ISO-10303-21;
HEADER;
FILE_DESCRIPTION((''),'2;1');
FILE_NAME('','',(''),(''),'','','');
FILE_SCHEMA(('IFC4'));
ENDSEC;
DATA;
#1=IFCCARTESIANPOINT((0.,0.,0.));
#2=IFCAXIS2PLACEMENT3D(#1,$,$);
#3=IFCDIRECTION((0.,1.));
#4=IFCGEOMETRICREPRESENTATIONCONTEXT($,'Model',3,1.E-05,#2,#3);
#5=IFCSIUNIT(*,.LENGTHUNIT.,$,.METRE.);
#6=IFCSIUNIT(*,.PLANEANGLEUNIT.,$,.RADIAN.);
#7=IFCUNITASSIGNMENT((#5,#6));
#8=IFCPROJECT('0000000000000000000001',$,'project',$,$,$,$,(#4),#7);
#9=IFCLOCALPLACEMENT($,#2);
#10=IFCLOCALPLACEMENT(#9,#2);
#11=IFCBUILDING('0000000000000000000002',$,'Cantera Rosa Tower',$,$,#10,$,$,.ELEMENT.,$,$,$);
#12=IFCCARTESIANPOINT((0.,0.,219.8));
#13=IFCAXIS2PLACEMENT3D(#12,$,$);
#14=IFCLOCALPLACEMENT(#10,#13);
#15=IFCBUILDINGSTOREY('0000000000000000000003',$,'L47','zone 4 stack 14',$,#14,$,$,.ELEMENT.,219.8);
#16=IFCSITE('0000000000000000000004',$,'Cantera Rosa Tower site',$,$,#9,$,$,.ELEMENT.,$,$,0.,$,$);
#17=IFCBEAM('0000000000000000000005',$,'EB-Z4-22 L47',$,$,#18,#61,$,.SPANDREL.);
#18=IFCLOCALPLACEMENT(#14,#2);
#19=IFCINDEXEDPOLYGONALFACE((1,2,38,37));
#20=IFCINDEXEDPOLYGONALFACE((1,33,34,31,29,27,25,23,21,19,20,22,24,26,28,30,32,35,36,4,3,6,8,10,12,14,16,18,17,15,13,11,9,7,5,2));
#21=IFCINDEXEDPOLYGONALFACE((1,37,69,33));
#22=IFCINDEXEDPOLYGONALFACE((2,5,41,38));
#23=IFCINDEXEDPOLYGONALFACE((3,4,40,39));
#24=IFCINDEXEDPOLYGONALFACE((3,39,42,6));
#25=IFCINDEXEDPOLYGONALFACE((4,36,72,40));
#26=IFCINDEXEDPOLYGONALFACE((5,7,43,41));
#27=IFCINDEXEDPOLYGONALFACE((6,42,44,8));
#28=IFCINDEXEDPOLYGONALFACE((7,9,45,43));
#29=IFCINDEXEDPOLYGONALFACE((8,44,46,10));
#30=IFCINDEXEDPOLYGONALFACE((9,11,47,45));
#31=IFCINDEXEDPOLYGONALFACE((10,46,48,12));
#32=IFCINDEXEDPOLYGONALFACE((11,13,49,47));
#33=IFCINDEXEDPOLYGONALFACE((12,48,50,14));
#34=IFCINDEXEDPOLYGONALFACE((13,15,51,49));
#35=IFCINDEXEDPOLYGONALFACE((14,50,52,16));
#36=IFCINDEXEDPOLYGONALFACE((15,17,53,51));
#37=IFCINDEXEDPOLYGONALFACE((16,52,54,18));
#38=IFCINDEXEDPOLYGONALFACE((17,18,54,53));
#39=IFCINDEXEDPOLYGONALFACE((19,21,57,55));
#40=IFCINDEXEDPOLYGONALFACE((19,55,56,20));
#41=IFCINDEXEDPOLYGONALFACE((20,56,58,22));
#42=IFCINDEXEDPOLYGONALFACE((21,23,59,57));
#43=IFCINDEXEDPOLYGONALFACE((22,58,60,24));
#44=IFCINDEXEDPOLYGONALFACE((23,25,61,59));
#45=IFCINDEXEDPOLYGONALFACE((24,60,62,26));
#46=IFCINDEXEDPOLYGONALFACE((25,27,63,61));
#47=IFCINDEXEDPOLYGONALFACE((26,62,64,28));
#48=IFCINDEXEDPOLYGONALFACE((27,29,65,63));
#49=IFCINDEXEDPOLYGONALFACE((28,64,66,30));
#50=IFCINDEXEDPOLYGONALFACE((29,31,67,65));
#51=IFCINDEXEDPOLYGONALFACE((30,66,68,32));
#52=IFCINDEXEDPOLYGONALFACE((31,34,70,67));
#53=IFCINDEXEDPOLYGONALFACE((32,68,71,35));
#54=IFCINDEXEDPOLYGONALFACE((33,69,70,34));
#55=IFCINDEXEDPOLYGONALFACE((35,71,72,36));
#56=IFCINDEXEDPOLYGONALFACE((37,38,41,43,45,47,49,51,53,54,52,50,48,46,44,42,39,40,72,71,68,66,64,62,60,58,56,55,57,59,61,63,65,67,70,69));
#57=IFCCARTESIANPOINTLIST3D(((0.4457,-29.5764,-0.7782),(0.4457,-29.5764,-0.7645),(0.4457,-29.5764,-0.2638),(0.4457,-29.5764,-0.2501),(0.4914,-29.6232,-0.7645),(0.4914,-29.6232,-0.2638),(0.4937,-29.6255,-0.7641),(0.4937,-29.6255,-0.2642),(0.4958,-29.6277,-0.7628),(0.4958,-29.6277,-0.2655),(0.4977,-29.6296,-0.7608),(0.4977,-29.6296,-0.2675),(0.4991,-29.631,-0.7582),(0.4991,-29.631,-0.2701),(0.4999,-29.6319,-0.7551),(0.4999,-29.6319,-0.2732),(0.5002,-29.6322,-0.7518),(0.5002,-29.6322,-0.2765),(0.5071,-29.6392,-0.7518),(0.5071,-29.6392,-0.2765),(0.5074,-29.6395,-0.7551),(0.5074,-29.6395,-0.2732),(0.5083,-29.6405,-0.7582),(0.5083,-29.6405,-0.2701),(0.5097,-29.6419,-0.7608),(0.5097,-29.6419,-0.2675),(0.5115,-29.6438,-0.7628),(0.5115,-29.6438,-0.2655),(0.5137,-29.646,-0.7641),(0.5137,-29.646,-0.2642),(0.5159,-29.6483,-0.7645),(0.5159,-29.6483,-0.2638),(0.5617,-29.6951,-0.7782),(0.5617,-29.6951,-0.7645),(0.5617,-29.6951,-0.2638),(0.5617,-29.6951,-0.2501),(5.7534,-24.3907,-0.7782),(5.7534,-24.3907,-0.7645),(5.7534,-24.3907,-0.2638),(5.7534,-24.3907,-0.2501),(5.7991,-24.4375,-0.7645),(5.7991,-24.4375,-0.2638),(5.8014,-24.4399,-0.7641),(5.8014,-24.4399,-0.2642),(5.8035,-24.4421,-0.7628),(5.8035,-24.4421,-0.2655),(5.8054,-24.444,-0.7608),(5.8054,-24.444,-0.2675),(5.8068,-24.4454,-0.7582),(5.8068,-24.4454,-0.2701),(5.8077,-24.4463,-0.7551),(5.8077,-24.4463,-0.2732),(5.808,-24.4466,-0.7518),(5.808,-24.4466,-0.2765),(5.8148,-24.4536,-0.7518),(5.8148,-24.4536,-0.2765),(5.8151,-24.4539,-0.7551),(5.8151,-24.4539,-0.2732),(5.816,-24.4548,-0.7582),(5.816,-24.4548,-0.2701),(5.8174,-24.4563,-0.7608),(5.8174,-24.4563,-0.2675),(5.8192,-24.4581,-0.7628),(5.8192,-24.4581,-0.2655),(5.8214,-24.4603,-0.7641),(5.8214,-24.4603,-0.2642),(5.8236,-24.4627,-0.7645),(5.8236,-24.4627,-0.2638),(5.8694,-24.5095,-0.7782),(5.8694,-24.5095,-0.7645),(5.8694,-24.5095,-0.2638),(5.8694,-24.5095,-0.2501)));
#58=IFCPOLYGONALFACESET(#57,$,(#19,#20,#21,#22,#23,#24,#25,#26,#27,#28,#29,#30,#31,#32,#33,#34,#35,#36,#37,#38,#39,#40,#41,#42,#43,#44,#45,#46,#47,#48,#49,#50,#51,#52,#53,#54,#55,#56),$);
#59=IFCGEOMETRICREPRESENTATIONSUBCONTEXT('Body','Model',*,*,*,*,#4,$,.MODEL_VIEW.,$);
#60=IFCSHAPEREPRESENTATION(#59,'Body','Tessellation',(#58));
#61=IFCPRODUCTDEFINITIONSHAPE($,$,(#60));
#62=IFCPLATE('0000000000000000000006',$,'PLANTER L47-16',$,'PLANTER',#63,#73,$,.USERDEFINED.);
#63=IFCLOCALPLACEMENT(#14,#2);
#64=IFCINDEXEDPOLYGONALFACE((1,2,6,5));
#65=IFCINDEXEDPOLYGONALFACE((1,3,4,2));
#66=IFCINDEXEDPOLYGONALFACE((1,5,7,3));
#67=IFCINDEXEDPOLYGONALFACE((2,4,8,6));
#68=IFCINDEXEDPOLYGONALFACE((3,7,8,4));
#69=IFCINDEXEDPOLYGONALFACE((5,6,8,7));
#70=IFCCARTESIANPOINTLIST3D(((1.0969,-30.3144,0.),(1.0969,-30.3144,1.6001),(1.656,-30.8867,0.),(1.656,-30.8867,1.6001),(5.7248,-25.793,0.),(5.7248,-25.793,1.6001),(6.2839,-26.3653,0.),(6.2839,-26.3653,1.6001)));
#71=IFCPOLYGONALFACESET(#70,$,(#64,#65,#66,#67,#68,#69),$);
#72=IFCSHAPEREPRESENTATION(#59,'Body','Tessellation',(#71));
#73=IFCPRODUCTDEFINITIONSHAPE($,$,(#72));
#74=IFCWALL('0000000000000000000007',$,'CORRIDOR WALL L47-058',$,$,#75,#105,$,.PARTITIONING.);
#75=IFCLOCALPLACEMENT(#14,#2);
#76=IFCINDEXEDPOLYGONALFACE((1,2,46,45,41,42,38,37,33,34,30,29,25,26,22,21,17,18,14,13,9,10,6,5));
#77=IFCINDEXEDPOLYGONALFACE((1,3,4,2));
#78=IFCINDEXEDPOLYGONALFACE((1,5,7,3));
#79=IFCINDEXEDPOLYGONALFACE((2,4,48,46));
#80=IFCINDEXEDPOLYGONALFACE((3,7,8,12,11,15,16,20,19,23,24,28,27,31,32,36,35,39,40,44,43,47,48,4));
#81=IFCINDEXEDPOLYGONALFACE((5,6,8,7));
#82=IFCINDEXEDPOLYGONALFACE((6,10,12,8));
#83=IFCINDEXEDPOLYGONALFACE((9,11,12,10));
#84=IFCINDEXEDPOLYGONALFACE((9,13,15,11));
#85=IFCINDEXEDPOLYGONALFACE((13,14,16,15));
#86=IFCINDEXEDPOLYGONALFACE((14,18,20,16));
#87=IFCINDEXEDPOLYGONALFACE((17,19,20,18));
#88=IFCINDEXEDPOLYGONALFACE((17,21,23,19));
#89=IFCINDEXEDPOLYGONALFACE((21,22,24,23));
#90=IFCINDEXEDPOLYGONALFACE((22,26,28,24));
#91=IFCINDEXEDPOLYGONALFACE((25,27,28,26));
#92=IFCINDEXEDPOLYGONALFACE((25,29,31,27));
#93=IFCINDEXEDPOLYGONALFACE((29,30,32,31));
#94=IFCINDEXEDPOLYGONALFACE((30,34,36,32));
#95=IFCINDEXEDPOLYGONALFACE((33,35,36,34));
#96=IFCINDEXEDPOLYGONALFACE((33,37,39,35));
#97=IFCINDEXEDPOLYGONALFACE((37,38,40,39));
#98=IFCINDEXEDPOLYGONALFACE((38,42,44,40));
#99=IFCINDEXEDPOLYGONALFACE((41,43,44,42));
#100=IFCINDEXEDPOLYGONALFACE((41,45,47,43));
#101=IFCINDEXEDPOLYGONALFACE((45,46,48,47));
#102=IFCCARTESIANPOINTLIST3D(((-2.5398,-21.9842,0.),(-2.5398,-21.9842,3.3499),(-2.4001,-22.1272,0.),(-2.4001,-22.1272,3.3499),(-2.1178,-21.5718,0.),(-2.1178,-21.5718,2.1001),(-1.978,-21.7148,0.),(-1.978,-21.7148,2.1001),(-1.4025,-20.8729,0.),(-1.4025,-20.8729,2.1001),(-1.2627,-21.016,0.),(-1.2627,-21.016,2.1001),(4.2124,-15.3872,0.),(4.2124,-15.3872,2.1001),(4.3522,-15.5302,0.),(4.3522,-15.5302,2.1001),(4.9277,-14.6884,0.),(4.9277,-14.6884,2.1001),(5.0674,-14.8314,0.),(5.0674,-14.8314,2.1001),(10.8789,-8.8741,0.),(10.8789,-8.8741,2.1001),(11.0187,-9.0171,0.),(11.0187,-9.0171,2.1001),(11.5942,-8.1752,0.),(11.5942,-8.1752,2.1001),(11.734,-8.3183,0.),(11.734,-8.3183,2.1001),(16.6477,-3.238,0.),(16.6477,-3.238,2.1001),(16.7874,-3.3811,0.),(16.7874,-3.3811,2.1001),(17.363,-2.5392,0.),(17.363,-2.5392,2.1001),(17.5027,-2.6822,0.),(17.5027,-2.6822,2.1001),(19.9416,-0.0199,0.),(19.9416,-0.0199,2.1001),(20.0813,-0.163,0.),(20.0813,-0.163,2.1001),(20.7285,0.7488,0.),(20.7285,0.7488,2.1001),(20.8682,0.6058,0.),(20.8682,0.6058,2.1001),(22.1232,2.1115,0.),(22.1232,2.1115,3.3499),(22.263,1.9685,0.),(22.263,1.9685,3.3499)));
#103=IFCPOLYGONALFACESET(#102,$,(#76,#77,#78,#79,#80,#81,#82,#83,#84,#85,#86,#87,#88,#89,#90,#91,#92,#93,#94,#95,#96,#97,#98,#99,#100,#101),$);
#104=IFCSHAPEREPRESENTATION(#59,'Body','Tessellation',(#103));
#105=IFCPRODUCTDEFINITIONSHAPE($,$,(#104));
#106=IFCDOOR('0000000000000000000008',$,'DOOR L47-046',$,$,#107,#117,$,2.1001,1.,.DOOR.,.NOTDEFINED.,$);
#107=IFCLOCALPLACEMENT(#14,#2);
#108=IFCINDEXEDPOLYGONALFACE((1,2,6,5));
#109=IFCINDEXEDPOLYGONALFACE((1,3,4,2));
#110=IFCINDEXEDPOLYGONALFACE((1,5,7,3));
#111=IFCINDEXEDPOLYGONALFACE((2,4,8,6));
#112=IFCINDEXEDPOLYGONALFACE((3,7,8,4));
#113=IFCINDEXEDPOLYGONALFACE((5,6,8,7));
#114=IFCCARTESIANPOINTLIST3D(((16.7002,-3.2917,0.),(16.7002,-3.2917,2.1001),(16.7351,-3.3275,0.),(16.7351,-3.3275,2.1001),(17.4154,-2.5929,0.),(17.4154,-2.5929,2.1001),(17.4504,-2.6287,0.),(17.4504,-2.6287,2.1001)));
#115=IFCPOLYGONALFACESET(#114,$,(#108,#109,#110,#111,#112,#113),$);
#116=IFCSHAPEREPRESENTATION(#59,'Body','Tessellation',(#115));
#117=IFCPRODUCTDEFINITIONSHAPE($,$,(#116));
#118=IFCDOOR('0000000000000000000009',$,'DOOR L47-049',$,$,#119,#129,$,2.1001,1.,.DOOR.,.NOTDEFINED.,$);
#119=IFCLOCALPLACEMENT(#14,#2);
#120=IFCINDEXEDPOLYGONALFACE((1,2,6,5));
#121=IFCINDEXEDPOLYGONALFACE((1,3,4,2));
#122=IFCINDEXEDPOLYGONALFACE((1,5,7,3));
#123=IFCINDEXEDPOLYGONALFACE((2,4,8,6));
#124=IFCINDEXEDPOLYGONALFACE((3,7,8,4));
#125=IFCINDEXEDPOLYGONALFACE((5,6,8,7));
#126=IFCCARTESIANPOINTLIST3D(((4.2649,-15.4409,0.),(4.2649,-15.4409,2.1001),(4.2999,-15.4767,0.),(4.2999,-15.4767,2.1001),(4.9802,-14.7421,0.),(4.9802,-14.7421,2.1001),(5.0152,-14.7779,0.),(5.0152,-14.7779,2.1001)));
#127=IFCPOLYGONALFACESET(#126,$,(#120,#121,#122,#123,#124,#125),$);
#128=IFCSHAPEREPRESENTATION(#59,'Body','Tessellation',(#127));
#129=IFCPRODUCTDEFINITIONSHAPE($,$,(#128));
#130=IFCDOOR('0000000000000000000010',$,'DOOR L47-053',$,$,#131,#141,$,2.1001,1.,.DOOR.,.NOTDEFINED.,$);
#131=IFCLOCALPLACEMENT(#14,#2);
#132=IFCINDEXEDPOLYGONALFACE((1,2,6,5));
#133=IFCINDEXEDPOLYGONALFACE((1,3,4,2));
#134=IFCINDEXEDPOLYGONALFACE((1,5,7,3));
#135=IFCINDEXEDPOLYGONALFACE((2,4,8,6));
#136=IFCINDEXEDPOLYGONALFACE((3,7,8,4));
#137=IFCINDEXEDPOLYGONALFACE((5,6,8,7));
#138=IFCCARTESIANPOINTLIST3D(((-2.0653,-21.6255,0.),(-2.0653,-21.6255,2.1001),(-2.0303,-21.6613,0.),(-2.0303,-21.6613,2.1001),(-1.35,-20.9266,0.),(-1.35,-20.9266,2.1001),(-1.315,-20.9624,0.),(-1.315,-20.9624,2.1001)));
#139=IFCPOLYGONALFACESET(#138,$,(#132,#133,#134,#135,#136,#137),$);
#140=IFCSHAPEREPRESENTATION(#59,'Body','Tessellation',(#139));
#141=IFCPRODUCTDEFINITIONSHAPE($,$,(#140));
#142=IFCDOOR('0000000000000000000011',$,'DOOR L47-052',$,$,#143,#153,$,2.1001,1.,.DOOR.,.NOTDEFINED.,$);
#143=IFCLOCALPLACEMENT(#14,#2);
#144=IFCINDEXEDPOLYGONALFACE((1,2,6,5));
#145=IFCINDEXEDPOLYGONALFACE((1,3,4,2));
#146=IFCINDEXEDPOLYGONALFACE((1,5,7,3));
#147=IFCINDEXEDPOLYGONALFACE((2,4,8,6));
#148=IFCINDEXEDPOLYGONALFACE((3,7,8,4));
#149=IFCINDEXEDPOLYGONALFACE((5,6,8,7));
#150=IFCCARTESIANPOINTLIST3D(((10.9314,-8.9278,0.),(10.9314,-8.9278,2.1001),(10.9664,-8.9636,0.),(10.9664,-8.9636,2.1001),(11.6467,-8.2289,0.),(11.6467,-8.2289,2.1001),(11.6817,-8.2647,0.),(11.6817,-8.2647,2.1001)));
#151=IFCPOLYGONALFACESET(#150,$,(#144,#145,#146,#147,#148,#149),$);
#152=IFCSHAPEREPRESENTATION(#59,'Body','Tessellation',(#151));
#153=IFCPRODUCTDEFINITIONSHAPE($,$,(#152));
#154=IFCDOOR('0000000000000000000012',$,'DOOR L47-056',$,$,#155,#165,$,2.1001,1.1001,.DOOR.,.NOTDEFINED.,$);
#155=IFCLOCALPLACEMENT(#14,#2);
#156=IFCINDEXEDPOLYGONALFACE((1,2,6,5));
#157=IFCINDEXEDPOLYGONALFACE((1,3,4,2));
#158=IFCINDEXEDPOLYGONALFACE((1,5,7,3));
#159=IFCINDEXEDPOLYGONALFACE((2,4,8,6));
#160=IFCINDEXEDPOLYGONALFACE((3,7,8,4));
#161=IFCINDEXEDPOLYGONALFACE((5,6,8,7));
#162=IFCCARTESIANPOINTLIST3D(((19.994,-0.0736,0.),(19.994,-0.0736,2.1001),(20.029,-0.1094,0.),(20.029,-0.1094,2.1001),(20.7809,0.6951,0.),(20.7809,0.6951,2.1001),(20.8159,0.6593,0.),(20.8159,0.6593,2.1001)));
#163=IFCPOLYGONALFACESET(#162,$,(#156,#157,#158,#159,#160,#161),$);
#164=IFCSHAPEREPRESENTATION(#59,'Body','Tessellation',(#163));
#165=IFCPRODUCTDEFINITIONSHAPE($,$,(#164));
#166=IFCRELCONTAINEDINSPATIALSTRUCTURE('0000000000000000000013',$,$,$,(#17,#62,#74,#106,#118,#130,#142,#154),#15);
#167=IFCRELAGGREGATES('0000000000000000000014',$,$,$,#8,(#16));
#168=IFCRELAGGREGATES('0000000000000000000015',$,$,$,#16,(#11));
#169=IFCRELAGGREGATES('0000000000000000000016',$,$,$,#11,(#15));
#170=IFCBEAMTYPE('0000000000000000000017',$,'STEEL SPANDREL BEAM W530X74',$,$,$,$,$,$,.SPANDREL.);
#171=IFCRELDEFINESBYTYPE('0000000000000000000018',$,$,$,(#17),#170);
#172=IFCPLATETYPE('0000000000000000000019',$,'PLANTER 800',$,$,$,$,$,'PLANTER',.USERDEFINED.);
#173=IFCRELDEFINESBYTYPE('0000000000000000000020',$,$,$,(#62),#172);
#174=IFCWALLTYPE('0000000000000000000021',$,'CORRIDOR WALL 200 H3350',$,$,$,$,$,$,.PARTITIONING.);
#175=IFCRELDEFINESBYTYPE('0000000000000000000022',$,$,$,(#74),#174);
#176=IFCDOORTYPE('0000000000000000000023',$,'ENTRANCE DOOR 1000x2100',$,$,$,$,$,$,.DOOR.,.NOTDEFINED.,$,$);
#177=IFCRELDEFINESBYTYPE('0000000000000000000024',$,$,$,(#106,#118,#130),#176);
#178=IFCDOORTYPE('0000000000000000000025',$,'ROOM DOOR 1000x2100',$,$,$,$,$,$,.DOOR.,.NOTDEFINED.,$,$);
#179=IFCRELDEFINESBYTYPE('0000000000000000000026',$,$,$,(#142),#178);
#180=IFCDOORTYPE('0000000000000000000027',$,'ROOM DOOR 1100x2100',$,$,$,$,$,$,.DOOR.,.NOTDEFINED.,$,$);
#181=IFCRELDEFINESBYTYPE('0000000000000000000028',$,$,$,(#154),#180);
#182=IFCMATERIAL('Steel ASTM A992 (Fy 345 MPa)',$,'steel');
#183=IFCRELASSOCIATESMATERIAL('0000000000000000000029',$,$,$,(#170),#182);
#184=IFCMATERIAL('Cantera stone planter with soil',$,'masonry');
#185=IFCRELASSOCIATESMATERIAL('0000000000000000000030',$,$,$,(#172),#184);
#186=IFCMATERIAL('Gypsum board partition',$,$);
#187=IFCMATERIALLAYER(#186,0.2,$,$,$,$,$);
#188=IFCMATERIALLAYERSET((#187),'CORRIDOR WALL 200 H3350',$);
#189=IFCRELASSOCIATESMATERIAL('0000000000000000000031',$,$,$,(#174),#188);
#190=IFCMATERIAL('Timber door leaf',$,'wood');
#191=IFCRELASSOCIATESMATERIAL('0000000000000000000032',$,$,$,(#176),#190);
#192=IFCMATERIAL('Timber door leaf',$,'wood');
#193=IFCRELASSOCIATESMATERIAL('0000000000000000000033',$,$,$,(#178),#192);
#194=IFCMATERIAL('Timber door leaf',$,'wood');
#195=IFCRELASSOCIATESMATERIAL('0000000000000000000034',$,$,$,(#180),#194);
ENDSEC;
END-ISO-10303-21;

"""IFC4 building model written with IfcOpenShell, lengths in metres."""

from ifc_helpers import new_model, si_unit, direction, frame, frame_2d, origin, origin_2d, place, context, subcontext, project, spatial, rectangle, i_section, extrude, material, layer, layer_set, material_profile, profile_set, type_object, element, fill, save


model = new_model("IFC4")

# Units and contexts
model_context = context("Model", 3, precision=1e-05, world=origin(), true_north=direction((0.0, 1.0)))
body_context = subcontext(model_context, "Body", "Model", "MODEL_VIEW")
ifc_project = project(units=[si_unit("LENGTHUNIT", "METRE"), si_unit("PLANEANGLEUNIT", "RADIAN")], contexts=[model_context])

# Site, building, storey
site_placement = place(None, origin())
site = spatial("IfcSite", under=ifc_project, at=site_placement, Name="Cantera Rosa Tower site", CompositionType="ELEMENT", RefElevation=0.0)
building_placement = place(site_placement, origin())
building = spatial("IfcBuilding", under=site, at=building_placement, Name="Cantera Rosa Tower", CompositionType="ELEMENT")
storey_placement = place(building_placement, frame((0.0, 0.0, 219.8)))
storey = spatial("IfcBuildingStorey", under=building, at=storey_placement, Name="L47", Description="zone 4 stack 14", CompositionType="ELEMENT", Elevation=219.8)

# Beam
ifc_material_1 = material(Name="Steel ASTM A992 (Fy 345 MPa)", Category="steel")
ifc_material_profile_1 = material_profile(ifc_material_1, i_section(OverallWidth=0.166, OverallDepth=0.5281, WebThickness=0.0098, FlangeThickness=0.0137, FilletRadius=0.0127, at=origin_2d()), Name="W530X74")
ifc_profile_set_1 = profile_set([ifc_material_profile_1], Name="Steel ASTM A992 (Fy 345 MPa)")
beam_type_1 = type_object("IfcBeamType", Name="STEEL SPANDREL BEAM W530X74", PredefinedType="SPANDREL", material=ifc_profile_set_1)
beam_1_placement = place(storey_placement, frame((0.5037, -29.6357, -0.5142), z_axis=(0.715284, 0.698833, 0.0), x_axis=(-0.698833, 0.715284, 0.0)))
element("IfcBeam", 1, at=beam_1_placement, inside=storey, type_object=beam_type_1, Name="EB-Z4-22 L47", PredefinedType="SPANDREL", context=body_context, shape_type="SweptSolid", body=[
    extrude(i_section(OverallWidth=0.166, OverallDepth=0.5281, WebThickness=0.0098, FlangeThickness=0.0137, FilletRadius=0.0127, at=origin_2d()), origin(), (0.0, 0.0, 1.0), 7.4204),
])

# Plate
ifc_material_2 = material(Name="Cantera stone planter with soil", Category="masonry")
plate_type = type_object("IfcPlateType", Name="PLANTER 800", ElementType="PLANTER", PredefinedType="USERDEFINED", material=ifc_material_2)
plate_placement = place(storey_placement, frame((3.6904, -28.3398, 0.0), z_axis=(0.0, 0.0, 1.0), x_axis=(0.715286, 0.698832, 0.0)))
element("IfcPlate", 2, at=plate_placement, inside=storey, type_object=plate_type, Name="PLANTER L47-16", ObjectType="PLANTER", PredefinedType="USERDEFINED", context=body_context, shape_type="SweptSolid", body=[
    extrude(rectangle(XDim=6.47, YDim=0.8, at=origin_2d()), origin(), (0.0, 0.0, 1.0), 1.6001),
])

# Wall, openings, doors
ifc_material_3 = material(Name="Gypsum board partition")
ifc_layer_1 = layer(ifc_material_3, 0.2)
ifc_layer_set_1 = layer_set([ifc_layer_1], Name="CORRIDOR WALL 200 H3350")
wall_type_1 = type_object("IfcWallType", Name="CORRIDOR WALL 200 H3350", PredefinedType="PARTITIONING", material=ifc_layer_set_1)
wall_1_placement = place(storey_placement, frame((-2.47, -22.0557, 0.0), z_axis=(0.0, 0.0, 1.0), x_axis=(0.715287, 0.698831, 0.0)))
wall_1 = element("IfcWall", 3, at=wall_1_placement, inside=storey, type_object=wall_type_1, Name="CORRIDOR WALL L47-058", PredefinedType="PARTITIONING", context=body_context, shape_type="SweptSolid", body=[
    extrude(rectangle(XDim=34.48, YDim=0.2, at=frame_2d((17.24, 0.0))), origin(), (0.0, 0.0, 1.0), 3.3499),
])
opening_1_placement = place(wall_1_placement, frame((26.825, 0.0, 0.0)))
opening_1 = element("IfcOpeningElement", 4, at=opening_1_placement, cuts=wall_1, PredefinedType="OPENING", context=body_context, shape_type="SweptSolid", body=[
    extrude(rectangle(XDim=1.0, YDim=2.1001, at=frame_2d((0.5, 1.05))), frame((0.0, 0.1099, 0.0), z_axis=(0.0, -1.0, 0.0), x_axis=(1.0, 0.0, 0.0)), (0.0, 0.0, 1.0), 0.22),
])
opening_2_placement = place(wall_1_placement, frame((9.4399, 0.0, 0.0)))
opening_2 = element("IfcOpeningElement", 5, at=opening_2_placement, cuts=wall_1, PredefinedType="OPENING", context=body_context, shape_type="SweptSolid", body=[
    extrude(rectangle(XDim=1.0, YDim=2.1001, at=frame_2d((0.5, 1.05))), frame((0.0, 0.1099, 0.0), z_axis=(0.0, -1.0, 0.0), x_axis=(1.0, 0.0, 0.0)), (0.0, 0.0, 1.0), 0.22),
])
opening_3_placement = place(wall_1_placement, frame((18.76, 0.0, 0.0)))
opening_3 = element("IfcOpeningElement", 6, at=opening_3_placement, cuts=wall_1, PredefinedType="OPENING", context=body_context, shape_type="SweptSolid", body=[
    extrude(rectangle(XDim=1.0, YDim=2.1001, at=frame_2d((0.5, 1.05))), frame((0.0, 0.1099, 0.0), z_axis=(0.0, -1.0, 0.0), x_axis=(1.0, 0.0, 0.0)), (0.0, 0.0, 1.0), 0.22),
])
opening_4_placement = place(wall_1_placement, frame((0.5901, 0.0, 0.0)))
opening_4 = element("IfcOpeningElement", 7, at=opening_4_placement, cuts=wall_1, PredefinedType="OPENING", context=body_context, shape_type="SweptSolid", body=[
    extrude(rectangle(XDim=1.0, YDim=2.1001, at=frame_2d((0.5, 1.05))), frame((0.0, 0.1099, 0.0), z_axis=(0.0, -1.0, 0.0), x_axis=(1.0, 0.0, 0.0)), (0.0, 0.0, 1.0), 0.22),
])
opening_5_placement = place(wall_1_placement, frame((31.4299, 0.0, 0.0)))
opening_5 = element("IfcOpeningElement", 8, at=opening_5_placement, cuts=wall_1, PredefinedType="OPENING", context=body_context, shape_type="SweptSolid", body=[
    extrude(rectangle(XDim=1.1001, YDim=2.1001, at=frame_2d((0.55, 1.05))), frame((0.0, 0.1099, 0.0), z_axis=(0.0, -1.0, 0.0), x_axis=(1.0, 0.0, 0.0)), (0.0, 0.0, 1.0), 0.22),
])
ifc_material_4 = material(Name="Timber door leaf", Category="wood")
door_type_1 = type_object("IfcDoorType", Name="ENTRANCE DOOR 1000x2100", OperationType="NOTDEFINED", PredefinedType="DOOR", material=ifc_material_4)
door_1_placement = place(opening_1_placement, origin())
door_1 = element("IfcDoor", 9, at=door_1_placement, inside=storey, type_object=door_type_1, Name="DOOR L47-046", OperationType="NOTDEFINED", OverallHeight=2.1001, OverallWidth=1.0, PredefinedType="DOOR", context=body_context, shape_type="SweptSolid", body=[
    extrude(rectangle(XDim=1.0, YDim=2.1001, at=frame_2d((0.5, 1.05))), frame((0.0, 0.0249, 0.0), z_axis=(0.0, -1.0, 0.0), x_axis=(1.0, 0.0, 0.0)), (0.0, 0.0, 1.0), 0.05),
])
fill(opening_1, door_1)
door_2_placement = place(opening_2_placement, origin())
door_2 = element("IfcDoor", 10, at=door_2_placement, inside=storey, type_object=door_type_1, Name="DOOR L47-049", OperationType="NOTDEFINED", OverallHeight=2.1001, OverallWidth=1.0, PredefinedType="DOOR", context=body_context, shape_type="SweptSolid", body=[
    extrude(rectangle(XDim=1.0, YDim=2.1001, at=frame_2d((0.5, 1.05))), frame((0.0, 0.0249, 0.0), z_axis=(0.0, -1.0, 0.0), x_axis=(1.0, 0.0, 0.0)), (0.0, 0.0, 1.0), 0.05),
])
fill(opening_2, door_2)
door_3_placement = place(opening_4_placement, origin())
door_3 = element("IfcDoor", 11, at=door_3_placement, inside=storey, type_object=door_type_1, Name="DOOR L47-053", OperationType="NOTDEFINED", OverallHeight=2.1001, OverallWidth=1.0, PredefinedType="DOOR", context=body_context, shape_type="SweptSolid", body=[
    extrude(rectangle(XDim=1.0, YDim=2.1001, at=frame_2d((0.5, 1.05))), frame((0.0, 0.0249, 0.0), z_axis=(0.0, -1.0, 0.0), x_axis=(1.0, 0.0, 0.0)), (0.0, 0.0, 1.0), 0.05),
])
fill(opening_4, door_3)
ifc_material_5 = material(Name="Timber door leaf", Category="wood")
door_type_2 = type_object("IfcDoorType", Name="ROOM DOOR 1000x2100", OperationType="NOTDEFINED", PredefinedType="DOOR", material=ifc_material_5)
door_4_placement = place(opening_3_placement, origin())
door_4 = element("IfcDoor", 12, at=door_4_placement, inside=storey, type_object=door_type_2, Name="DOOR L47-052", OperationType="NOTDEFINED", OverallHeight=2.1001, OverallWidth=1.0, PredefinedType="DOOR", context=body_context, shape_type="SweptSolid", body=[
    extrude(rectangle(XDim=1.0, YDim=2.1001, at=frame_2d((0.5, 1.05))), frame((0.0, 0.0249, 0.0), z_axis=(0.0, -1.0, 0.0), x_axis=(1.0, 0.0, 0.0)), (0.0, 0.0, 1.0), 0.05),
])
fill(opening_3, door_4)
ifc_material_6 = material(Name="Timber door leaf", Category="wood")
door_type_3 = type_object("IfcDoorType", Name="ROOM DOOR 1100x2100", OperationType="NOTDEFINED", PredefinedType="DOOR", material=ifc_material_6)
door_5_placement = place(opening_5_placement, origin())
door_5 = element("IfcDoor", 13, at=door_5_placement, inside=storey, type_object=door_type_3, Name="DOOR L47-056", OperationType="NOTDEFINED", OverallHeight=2.1001, OverallWidth=1.1001, PredefinedType="DOOR", context=body_context, shape_type="SweptSolid", body=[
    extrude(rectangle(XDim=1.1001, YDim=2.1001, at=frame_2d((0.55, 1.05))), frame((0.0, 0.0249, 0.0), z_axis=(0.0, -1.0, 0.0), x_axis=(1.0, 0.0, 0.0)), (0.0, 0.0, 1.0), 0.05),
])
fill(opening_5, door_5)

save(model, "model.ifc")
